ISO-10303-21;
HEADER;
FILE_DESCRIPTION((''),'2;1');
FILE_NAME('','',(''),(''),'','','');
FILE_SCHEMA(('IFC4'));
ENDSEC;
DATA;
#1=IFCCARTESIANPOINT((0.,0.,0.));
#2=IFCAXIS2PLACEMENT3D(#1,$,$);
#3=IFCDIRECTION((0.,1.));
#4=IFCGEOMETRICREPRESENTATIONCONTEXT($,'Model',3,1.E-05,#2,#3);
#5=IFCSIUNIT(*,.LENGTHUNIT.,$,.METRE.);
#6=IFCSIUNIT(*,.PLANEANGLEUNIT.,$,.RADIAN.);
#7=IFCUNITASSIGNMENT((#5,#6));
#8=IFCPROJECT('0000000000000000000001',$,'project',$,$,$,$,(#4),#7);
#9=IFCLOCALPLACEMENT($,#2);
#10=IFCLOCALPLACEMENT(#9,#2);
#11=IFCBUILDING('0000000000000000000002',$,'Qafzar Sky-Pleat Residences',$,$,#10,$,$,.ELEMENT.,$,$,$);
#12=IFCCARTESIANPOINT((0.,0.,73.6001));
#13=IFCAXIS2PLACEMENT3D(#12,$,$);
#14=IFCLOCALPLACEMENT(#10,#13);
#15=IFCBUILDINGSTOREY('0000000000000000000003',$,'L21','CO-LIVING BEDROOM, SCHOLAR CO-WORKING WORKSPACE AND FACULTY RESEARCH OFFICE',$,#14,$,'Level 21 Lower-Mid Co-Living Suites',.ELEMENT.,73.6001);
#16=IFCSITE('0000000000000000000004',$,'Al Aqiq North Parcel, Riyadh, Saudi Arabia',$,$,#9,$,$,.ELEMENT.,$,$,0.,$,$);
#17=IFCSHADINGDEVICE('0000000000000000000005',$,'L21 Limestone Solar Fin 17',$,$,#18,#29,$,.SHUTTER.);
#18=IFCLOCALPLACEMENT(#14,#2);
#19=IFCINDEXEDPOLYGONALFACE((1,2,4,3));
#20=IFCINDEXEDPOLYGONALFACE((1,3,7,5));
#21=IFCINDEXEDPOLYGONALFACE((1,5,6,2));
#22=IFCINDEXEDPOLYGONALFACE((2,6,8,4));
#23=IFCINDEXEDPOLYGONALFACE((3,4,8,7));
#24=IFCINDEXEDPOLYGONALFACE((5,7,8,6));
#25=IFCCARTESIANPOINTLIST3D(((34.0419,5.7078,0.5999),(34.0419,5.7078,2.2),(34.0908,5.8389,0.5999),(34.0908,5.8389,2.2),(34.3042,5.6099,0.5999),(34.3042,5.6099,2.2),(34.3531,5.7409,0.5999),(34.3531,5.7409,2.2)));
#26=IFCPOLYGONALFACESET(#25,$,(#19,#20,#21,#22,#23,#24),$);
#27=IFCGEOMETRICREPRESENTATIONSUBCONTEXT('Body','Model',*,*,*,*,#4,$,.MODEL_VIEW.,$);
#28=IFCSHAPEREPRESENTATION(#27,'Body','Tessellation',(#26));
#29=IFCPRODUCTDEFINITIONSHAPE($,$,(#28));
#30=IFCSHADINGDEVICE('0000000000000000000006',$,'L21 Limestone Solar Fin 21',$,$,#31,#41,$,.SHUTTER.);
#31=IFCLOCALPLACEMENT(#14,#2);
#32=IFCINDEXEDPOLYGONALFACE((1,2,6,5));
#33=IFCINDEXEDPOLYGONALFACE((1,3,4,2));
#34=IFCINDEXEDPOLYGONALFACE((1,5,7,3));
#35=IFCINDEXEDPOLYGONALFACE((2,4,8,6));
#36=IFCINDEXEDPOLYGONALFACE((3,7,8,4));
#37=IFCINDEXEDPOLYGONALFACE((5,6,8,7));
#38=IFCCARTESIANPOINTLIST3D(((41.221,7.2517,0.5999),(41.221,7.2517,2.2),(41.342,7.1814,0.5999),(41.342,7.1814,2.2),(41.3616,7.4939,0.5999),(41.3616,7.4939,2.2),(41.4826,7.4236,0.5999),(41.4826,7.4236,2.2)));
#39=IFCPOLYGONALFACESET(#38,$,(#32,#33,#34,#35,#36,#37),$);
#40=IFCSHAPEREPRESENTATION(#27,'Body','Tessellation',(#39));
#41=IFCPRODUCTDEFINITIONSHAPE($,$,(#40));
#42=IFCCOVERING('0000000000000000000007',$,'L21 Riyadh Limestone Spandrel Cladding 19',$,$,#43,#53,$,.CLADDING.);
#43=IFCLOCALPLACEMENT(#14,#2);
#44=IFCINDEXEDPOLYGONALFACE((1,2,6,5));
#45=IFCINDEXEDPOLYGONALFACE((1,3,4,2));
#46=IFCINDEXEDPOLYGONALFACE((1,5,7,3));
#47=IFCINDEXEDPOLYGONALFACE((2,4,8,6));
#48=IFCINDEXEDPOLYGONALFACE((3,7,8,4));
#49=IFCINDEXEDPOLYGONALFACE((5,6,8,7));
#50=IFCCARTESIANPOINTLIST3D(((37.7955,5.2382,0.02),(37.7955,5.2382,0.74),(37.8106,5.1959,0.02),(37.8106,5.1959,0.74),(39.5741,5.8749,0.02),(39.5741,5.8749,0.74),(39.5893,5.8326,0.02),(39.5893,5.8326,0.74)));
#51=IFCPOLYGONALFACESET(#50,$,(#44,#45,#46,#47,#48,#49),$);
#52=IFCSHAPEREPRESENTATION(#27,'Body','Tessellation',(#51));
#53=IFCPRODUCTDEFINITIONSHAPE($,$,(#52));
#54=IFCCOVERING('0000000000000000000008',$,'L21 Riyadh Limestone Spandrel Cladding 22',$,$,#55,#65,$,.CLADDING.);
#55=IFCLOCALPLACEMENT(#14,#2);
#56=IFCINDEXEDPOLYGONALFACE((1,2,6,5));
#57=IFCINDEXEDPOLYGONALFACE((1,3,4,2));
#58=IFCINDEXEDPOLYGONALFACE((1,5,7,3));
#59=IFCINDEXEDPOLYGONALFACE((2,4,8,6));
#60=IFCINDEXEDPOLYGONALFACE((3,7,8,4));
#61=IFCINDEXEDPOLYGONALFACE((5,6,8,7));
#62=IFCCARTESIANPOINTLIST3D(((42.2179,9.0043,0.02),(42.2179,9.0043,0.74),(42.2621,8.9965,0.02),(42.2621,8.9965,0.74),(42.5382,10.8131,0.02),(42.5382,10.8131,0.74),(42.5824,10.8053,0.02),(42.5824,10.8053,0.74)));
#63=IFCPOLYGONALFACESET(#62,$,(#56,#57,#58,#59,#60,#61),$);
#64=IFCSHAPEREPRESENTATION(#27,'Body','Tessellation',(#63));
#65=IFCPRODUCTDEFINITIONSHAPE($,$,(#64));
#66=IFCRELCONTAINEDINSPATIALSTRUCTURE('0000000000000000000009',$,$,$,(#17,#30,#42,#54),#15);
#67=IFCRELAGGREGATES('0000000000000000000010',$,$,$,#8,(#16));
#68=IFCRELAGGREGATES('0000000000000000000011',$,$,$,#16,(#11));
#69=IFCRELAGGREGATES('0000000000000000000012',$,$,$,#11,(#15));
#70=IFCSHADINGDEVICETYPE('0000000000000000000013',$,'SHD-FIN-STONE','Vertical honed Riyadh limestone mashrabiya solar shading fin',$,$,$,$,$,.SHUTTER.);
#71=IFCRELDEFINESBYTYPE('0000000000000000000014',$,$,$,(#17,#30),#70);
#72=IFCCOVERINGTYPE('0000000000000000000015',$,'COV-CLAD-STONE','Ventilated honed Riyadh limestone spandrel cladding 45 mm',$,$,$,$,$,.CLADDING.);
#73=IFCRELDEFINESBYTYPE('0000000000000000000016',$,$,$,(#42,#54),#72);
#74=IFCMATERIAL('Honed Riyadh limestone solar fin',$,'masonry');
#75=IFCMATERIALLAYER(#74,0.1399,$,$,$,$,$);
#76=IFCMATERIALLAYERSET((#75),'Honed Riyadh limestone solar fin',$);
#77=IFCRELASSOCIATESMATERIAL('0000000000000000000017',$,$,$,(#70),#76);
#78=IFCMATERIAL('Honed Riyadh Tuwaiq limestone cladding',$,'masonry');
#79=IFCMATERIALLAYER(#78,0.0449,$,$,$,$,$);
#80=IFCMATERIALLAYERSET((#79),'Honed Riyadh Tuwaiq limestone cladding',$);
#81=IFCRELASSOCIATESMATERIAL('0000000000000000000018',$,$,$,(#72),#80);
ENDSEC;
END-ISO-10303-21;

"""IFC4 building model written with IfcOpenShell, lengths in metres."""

from ifc_helpers import new_model, si_unit, direction, frame, origin, origin_2d, place, context, subcontext, project, spatial, rectangle, extrude, source, transform, mapped, material, layer, layer_set, type_object, element, save


model = new_model("IFC4")

# Units and contexts
model_context = context("Model", 3, precision=1e-05, world=origin(), true_north=direction((0.0, 1.0)))
body_context = subcontext(model_context, "Body", "Model", "MODEL_VIEW")
ifc_project = project(units=[si_unit("LENGTHUNIT", "METRE"), si_unit("PLANEANGLEUNIT", "RADIAN")], contexts=[model_context])

# Site, building, storey
site_placement = place(None, origin())
site = spatial("IfcSite", under=ifc_project, at=site_placement, Name="Al Aqiq North Parcel, Riyadh, Saudi Arabia", CompositionType="ELEMENT", RefElevation=0.0)
building_placement = place(site_placement, origin())
building = spatial("IfcBuilding", under=site, at=building_placement, Name="Qafzar Sky-Pleat Residences", CompositionType="ELEMENT")
storey_placement = place(building_placement, frame((0.0, 0.0, 73.6001)))
storey = spatial("IfcBuildingStorey", under=building, at=storey_placement, Name="L21", Description="CO-LIVING BEDROOM, SCHOLAR CO-WORKING WORKSPACE AND FACULTY RESEARCH OFFICE", LongName="Level 21 Lower-Mid Co-Living Suites", CompositionType="ELEMENT", Elevation=73.6001)

# Shading devices
ifc_material_1 = material(Name="Honed Riyadh limestone solar fin", Category="masonry")
ifc_layer_1 = layer(ifc_material_1, 0.1399)
ifc_layer_set_1 = layer_set([ifc_layer_1], Name="Honed Riyadh limestone solar fin")
shading_device_type = type_object("IfcShadingDeviceType", Name="SHD-FIN-STONE", Description="Vertical honed Riyadh limestone mashrabiya solar shading fin", PredefinedType="SHUTTER", material=ifc_layer_set_1)
shared_shape_1 = source(origin(), body_context, "Body", "SweptSolid", [
    extrude(rectangle(XDim=0.1399, YDim=0.28, at=origin_2d()), origin(), (0.0, 0.0, 1.0), 1.6001),
])
for number, where, z_axis, x_axis, name in (
    (1, (34.1975, 5.7244, 0.5999), (0.0, 0.0, 1.0), (-0.349796, -0.936826, 0.0), "L21 Limestone Solar Fin 17"),
    (2, (41.3518, 7.3376, 0.5999), (0.0, 0.0, 1.0), (0.864896, -0.501952, 0.0), "L21 Limestone Solar Fin 21"),
):
    element("IfcShadingDevice", number, at=place(storey_placement, frame(where, z_axis=z_axis, x_axis=x_axis)), inside=storey, type_object=shading_device_type, Name=name, PredefinedType="SHUTTER", context=body_context, shape_type="MappedRepresentation", body=[
        mapped(shared_shape_1, transform((0.0, 0.0, 0.0), x_axis=(1.0, 0.0, 0.0), y_axis=(0.0, 1.0, 0.0), z_axis=(0.0, 0.0, 1.0), scale=1.0)),
    ])

# Coverings
ifc_material_2 = material(Name="Honed Riyadh Tuwaiq limestone cladding", Category="masonry")
ifc_layer_2 = layer(ifc_material_2, 0.0449)
ifc_layer_set_2 = layer_set([ifc_layer_2], Name="Honed Riyadh Tuwaiq limestone cladding")
covering_type = type_object("IfcCoveringType", Name="COV-CLAD-STONE", Description="Ventilated honed Riyadh limestone spandrel cladding 45 mm", PredefinedType="CLADDING", material=ifc_layer_set_2)
shared_shape_2 = source(origin(), body_context, "Body", "SweptSolid", [
    extrude(rectangle(XDim=1.8892, YDim=0.0449, at=origin_2d()), origin(), (0.0, 0.0, 1.0), 0.72),
])
covering_1_placement = place(storey_placement, frame((38.6924, 5.5354, 0.02), z_axis=(0.0, 0.0, 1.0), x_axis=(0.941498, 0.337018, 0.0)))
element("IfcCovering", 3, at=covering_1_placement, inside=storey, type_object=covering_type, Name="L21 Riyadh Limestone Spandrel Cladding 19", PredefinedType="CLADDING", context=body_context, shape_type="MappedRepresentation", body=[
    mapped(shared_shape_2, transform((0.0, 0.0, 0.0), x_axis=(1.0, 0.0, 0.0), y_axis=(0.0, 1.0, 0.0), z_axis=(0.0, 0.0, 1.0), scale=1.0)),
])
shared_shape_3 = source(origin(), body_context, "Body", "SweptSolid", [
    extrude(rectangle(XDim=1.8369, YDim=0.0449, at=origin_2d()), origin(), (0.0, 0.0, 1.0), 0.72),
])
covering_2_placement = place(storey_placement, frame((42.4001, 9.9048, 0.02), z_axis=(0.0, 0.0, 1.0), x_axis=(0.174378, 0.984679, 0.0)))
element("IfcCovering", 4, at=covering_2_placement, inside=storey, type_object=covering_type, Name="L21 Riyadh Limestone Spandrel Cladding 22", PredefinedType="CLADDING", context=body_context, shape_type="MappedRepresentation", body=[
    mapped(shared_shape_3, transform((0.0, 0.0, 0.0), x_axis=(1.0, 0.0, 0.0), y_axis=(0.0, 1.0, 0.0), z_axis=(0.0, 0.0, 1.0), scale=1.0)),
])

save(model, "model.ifc")
